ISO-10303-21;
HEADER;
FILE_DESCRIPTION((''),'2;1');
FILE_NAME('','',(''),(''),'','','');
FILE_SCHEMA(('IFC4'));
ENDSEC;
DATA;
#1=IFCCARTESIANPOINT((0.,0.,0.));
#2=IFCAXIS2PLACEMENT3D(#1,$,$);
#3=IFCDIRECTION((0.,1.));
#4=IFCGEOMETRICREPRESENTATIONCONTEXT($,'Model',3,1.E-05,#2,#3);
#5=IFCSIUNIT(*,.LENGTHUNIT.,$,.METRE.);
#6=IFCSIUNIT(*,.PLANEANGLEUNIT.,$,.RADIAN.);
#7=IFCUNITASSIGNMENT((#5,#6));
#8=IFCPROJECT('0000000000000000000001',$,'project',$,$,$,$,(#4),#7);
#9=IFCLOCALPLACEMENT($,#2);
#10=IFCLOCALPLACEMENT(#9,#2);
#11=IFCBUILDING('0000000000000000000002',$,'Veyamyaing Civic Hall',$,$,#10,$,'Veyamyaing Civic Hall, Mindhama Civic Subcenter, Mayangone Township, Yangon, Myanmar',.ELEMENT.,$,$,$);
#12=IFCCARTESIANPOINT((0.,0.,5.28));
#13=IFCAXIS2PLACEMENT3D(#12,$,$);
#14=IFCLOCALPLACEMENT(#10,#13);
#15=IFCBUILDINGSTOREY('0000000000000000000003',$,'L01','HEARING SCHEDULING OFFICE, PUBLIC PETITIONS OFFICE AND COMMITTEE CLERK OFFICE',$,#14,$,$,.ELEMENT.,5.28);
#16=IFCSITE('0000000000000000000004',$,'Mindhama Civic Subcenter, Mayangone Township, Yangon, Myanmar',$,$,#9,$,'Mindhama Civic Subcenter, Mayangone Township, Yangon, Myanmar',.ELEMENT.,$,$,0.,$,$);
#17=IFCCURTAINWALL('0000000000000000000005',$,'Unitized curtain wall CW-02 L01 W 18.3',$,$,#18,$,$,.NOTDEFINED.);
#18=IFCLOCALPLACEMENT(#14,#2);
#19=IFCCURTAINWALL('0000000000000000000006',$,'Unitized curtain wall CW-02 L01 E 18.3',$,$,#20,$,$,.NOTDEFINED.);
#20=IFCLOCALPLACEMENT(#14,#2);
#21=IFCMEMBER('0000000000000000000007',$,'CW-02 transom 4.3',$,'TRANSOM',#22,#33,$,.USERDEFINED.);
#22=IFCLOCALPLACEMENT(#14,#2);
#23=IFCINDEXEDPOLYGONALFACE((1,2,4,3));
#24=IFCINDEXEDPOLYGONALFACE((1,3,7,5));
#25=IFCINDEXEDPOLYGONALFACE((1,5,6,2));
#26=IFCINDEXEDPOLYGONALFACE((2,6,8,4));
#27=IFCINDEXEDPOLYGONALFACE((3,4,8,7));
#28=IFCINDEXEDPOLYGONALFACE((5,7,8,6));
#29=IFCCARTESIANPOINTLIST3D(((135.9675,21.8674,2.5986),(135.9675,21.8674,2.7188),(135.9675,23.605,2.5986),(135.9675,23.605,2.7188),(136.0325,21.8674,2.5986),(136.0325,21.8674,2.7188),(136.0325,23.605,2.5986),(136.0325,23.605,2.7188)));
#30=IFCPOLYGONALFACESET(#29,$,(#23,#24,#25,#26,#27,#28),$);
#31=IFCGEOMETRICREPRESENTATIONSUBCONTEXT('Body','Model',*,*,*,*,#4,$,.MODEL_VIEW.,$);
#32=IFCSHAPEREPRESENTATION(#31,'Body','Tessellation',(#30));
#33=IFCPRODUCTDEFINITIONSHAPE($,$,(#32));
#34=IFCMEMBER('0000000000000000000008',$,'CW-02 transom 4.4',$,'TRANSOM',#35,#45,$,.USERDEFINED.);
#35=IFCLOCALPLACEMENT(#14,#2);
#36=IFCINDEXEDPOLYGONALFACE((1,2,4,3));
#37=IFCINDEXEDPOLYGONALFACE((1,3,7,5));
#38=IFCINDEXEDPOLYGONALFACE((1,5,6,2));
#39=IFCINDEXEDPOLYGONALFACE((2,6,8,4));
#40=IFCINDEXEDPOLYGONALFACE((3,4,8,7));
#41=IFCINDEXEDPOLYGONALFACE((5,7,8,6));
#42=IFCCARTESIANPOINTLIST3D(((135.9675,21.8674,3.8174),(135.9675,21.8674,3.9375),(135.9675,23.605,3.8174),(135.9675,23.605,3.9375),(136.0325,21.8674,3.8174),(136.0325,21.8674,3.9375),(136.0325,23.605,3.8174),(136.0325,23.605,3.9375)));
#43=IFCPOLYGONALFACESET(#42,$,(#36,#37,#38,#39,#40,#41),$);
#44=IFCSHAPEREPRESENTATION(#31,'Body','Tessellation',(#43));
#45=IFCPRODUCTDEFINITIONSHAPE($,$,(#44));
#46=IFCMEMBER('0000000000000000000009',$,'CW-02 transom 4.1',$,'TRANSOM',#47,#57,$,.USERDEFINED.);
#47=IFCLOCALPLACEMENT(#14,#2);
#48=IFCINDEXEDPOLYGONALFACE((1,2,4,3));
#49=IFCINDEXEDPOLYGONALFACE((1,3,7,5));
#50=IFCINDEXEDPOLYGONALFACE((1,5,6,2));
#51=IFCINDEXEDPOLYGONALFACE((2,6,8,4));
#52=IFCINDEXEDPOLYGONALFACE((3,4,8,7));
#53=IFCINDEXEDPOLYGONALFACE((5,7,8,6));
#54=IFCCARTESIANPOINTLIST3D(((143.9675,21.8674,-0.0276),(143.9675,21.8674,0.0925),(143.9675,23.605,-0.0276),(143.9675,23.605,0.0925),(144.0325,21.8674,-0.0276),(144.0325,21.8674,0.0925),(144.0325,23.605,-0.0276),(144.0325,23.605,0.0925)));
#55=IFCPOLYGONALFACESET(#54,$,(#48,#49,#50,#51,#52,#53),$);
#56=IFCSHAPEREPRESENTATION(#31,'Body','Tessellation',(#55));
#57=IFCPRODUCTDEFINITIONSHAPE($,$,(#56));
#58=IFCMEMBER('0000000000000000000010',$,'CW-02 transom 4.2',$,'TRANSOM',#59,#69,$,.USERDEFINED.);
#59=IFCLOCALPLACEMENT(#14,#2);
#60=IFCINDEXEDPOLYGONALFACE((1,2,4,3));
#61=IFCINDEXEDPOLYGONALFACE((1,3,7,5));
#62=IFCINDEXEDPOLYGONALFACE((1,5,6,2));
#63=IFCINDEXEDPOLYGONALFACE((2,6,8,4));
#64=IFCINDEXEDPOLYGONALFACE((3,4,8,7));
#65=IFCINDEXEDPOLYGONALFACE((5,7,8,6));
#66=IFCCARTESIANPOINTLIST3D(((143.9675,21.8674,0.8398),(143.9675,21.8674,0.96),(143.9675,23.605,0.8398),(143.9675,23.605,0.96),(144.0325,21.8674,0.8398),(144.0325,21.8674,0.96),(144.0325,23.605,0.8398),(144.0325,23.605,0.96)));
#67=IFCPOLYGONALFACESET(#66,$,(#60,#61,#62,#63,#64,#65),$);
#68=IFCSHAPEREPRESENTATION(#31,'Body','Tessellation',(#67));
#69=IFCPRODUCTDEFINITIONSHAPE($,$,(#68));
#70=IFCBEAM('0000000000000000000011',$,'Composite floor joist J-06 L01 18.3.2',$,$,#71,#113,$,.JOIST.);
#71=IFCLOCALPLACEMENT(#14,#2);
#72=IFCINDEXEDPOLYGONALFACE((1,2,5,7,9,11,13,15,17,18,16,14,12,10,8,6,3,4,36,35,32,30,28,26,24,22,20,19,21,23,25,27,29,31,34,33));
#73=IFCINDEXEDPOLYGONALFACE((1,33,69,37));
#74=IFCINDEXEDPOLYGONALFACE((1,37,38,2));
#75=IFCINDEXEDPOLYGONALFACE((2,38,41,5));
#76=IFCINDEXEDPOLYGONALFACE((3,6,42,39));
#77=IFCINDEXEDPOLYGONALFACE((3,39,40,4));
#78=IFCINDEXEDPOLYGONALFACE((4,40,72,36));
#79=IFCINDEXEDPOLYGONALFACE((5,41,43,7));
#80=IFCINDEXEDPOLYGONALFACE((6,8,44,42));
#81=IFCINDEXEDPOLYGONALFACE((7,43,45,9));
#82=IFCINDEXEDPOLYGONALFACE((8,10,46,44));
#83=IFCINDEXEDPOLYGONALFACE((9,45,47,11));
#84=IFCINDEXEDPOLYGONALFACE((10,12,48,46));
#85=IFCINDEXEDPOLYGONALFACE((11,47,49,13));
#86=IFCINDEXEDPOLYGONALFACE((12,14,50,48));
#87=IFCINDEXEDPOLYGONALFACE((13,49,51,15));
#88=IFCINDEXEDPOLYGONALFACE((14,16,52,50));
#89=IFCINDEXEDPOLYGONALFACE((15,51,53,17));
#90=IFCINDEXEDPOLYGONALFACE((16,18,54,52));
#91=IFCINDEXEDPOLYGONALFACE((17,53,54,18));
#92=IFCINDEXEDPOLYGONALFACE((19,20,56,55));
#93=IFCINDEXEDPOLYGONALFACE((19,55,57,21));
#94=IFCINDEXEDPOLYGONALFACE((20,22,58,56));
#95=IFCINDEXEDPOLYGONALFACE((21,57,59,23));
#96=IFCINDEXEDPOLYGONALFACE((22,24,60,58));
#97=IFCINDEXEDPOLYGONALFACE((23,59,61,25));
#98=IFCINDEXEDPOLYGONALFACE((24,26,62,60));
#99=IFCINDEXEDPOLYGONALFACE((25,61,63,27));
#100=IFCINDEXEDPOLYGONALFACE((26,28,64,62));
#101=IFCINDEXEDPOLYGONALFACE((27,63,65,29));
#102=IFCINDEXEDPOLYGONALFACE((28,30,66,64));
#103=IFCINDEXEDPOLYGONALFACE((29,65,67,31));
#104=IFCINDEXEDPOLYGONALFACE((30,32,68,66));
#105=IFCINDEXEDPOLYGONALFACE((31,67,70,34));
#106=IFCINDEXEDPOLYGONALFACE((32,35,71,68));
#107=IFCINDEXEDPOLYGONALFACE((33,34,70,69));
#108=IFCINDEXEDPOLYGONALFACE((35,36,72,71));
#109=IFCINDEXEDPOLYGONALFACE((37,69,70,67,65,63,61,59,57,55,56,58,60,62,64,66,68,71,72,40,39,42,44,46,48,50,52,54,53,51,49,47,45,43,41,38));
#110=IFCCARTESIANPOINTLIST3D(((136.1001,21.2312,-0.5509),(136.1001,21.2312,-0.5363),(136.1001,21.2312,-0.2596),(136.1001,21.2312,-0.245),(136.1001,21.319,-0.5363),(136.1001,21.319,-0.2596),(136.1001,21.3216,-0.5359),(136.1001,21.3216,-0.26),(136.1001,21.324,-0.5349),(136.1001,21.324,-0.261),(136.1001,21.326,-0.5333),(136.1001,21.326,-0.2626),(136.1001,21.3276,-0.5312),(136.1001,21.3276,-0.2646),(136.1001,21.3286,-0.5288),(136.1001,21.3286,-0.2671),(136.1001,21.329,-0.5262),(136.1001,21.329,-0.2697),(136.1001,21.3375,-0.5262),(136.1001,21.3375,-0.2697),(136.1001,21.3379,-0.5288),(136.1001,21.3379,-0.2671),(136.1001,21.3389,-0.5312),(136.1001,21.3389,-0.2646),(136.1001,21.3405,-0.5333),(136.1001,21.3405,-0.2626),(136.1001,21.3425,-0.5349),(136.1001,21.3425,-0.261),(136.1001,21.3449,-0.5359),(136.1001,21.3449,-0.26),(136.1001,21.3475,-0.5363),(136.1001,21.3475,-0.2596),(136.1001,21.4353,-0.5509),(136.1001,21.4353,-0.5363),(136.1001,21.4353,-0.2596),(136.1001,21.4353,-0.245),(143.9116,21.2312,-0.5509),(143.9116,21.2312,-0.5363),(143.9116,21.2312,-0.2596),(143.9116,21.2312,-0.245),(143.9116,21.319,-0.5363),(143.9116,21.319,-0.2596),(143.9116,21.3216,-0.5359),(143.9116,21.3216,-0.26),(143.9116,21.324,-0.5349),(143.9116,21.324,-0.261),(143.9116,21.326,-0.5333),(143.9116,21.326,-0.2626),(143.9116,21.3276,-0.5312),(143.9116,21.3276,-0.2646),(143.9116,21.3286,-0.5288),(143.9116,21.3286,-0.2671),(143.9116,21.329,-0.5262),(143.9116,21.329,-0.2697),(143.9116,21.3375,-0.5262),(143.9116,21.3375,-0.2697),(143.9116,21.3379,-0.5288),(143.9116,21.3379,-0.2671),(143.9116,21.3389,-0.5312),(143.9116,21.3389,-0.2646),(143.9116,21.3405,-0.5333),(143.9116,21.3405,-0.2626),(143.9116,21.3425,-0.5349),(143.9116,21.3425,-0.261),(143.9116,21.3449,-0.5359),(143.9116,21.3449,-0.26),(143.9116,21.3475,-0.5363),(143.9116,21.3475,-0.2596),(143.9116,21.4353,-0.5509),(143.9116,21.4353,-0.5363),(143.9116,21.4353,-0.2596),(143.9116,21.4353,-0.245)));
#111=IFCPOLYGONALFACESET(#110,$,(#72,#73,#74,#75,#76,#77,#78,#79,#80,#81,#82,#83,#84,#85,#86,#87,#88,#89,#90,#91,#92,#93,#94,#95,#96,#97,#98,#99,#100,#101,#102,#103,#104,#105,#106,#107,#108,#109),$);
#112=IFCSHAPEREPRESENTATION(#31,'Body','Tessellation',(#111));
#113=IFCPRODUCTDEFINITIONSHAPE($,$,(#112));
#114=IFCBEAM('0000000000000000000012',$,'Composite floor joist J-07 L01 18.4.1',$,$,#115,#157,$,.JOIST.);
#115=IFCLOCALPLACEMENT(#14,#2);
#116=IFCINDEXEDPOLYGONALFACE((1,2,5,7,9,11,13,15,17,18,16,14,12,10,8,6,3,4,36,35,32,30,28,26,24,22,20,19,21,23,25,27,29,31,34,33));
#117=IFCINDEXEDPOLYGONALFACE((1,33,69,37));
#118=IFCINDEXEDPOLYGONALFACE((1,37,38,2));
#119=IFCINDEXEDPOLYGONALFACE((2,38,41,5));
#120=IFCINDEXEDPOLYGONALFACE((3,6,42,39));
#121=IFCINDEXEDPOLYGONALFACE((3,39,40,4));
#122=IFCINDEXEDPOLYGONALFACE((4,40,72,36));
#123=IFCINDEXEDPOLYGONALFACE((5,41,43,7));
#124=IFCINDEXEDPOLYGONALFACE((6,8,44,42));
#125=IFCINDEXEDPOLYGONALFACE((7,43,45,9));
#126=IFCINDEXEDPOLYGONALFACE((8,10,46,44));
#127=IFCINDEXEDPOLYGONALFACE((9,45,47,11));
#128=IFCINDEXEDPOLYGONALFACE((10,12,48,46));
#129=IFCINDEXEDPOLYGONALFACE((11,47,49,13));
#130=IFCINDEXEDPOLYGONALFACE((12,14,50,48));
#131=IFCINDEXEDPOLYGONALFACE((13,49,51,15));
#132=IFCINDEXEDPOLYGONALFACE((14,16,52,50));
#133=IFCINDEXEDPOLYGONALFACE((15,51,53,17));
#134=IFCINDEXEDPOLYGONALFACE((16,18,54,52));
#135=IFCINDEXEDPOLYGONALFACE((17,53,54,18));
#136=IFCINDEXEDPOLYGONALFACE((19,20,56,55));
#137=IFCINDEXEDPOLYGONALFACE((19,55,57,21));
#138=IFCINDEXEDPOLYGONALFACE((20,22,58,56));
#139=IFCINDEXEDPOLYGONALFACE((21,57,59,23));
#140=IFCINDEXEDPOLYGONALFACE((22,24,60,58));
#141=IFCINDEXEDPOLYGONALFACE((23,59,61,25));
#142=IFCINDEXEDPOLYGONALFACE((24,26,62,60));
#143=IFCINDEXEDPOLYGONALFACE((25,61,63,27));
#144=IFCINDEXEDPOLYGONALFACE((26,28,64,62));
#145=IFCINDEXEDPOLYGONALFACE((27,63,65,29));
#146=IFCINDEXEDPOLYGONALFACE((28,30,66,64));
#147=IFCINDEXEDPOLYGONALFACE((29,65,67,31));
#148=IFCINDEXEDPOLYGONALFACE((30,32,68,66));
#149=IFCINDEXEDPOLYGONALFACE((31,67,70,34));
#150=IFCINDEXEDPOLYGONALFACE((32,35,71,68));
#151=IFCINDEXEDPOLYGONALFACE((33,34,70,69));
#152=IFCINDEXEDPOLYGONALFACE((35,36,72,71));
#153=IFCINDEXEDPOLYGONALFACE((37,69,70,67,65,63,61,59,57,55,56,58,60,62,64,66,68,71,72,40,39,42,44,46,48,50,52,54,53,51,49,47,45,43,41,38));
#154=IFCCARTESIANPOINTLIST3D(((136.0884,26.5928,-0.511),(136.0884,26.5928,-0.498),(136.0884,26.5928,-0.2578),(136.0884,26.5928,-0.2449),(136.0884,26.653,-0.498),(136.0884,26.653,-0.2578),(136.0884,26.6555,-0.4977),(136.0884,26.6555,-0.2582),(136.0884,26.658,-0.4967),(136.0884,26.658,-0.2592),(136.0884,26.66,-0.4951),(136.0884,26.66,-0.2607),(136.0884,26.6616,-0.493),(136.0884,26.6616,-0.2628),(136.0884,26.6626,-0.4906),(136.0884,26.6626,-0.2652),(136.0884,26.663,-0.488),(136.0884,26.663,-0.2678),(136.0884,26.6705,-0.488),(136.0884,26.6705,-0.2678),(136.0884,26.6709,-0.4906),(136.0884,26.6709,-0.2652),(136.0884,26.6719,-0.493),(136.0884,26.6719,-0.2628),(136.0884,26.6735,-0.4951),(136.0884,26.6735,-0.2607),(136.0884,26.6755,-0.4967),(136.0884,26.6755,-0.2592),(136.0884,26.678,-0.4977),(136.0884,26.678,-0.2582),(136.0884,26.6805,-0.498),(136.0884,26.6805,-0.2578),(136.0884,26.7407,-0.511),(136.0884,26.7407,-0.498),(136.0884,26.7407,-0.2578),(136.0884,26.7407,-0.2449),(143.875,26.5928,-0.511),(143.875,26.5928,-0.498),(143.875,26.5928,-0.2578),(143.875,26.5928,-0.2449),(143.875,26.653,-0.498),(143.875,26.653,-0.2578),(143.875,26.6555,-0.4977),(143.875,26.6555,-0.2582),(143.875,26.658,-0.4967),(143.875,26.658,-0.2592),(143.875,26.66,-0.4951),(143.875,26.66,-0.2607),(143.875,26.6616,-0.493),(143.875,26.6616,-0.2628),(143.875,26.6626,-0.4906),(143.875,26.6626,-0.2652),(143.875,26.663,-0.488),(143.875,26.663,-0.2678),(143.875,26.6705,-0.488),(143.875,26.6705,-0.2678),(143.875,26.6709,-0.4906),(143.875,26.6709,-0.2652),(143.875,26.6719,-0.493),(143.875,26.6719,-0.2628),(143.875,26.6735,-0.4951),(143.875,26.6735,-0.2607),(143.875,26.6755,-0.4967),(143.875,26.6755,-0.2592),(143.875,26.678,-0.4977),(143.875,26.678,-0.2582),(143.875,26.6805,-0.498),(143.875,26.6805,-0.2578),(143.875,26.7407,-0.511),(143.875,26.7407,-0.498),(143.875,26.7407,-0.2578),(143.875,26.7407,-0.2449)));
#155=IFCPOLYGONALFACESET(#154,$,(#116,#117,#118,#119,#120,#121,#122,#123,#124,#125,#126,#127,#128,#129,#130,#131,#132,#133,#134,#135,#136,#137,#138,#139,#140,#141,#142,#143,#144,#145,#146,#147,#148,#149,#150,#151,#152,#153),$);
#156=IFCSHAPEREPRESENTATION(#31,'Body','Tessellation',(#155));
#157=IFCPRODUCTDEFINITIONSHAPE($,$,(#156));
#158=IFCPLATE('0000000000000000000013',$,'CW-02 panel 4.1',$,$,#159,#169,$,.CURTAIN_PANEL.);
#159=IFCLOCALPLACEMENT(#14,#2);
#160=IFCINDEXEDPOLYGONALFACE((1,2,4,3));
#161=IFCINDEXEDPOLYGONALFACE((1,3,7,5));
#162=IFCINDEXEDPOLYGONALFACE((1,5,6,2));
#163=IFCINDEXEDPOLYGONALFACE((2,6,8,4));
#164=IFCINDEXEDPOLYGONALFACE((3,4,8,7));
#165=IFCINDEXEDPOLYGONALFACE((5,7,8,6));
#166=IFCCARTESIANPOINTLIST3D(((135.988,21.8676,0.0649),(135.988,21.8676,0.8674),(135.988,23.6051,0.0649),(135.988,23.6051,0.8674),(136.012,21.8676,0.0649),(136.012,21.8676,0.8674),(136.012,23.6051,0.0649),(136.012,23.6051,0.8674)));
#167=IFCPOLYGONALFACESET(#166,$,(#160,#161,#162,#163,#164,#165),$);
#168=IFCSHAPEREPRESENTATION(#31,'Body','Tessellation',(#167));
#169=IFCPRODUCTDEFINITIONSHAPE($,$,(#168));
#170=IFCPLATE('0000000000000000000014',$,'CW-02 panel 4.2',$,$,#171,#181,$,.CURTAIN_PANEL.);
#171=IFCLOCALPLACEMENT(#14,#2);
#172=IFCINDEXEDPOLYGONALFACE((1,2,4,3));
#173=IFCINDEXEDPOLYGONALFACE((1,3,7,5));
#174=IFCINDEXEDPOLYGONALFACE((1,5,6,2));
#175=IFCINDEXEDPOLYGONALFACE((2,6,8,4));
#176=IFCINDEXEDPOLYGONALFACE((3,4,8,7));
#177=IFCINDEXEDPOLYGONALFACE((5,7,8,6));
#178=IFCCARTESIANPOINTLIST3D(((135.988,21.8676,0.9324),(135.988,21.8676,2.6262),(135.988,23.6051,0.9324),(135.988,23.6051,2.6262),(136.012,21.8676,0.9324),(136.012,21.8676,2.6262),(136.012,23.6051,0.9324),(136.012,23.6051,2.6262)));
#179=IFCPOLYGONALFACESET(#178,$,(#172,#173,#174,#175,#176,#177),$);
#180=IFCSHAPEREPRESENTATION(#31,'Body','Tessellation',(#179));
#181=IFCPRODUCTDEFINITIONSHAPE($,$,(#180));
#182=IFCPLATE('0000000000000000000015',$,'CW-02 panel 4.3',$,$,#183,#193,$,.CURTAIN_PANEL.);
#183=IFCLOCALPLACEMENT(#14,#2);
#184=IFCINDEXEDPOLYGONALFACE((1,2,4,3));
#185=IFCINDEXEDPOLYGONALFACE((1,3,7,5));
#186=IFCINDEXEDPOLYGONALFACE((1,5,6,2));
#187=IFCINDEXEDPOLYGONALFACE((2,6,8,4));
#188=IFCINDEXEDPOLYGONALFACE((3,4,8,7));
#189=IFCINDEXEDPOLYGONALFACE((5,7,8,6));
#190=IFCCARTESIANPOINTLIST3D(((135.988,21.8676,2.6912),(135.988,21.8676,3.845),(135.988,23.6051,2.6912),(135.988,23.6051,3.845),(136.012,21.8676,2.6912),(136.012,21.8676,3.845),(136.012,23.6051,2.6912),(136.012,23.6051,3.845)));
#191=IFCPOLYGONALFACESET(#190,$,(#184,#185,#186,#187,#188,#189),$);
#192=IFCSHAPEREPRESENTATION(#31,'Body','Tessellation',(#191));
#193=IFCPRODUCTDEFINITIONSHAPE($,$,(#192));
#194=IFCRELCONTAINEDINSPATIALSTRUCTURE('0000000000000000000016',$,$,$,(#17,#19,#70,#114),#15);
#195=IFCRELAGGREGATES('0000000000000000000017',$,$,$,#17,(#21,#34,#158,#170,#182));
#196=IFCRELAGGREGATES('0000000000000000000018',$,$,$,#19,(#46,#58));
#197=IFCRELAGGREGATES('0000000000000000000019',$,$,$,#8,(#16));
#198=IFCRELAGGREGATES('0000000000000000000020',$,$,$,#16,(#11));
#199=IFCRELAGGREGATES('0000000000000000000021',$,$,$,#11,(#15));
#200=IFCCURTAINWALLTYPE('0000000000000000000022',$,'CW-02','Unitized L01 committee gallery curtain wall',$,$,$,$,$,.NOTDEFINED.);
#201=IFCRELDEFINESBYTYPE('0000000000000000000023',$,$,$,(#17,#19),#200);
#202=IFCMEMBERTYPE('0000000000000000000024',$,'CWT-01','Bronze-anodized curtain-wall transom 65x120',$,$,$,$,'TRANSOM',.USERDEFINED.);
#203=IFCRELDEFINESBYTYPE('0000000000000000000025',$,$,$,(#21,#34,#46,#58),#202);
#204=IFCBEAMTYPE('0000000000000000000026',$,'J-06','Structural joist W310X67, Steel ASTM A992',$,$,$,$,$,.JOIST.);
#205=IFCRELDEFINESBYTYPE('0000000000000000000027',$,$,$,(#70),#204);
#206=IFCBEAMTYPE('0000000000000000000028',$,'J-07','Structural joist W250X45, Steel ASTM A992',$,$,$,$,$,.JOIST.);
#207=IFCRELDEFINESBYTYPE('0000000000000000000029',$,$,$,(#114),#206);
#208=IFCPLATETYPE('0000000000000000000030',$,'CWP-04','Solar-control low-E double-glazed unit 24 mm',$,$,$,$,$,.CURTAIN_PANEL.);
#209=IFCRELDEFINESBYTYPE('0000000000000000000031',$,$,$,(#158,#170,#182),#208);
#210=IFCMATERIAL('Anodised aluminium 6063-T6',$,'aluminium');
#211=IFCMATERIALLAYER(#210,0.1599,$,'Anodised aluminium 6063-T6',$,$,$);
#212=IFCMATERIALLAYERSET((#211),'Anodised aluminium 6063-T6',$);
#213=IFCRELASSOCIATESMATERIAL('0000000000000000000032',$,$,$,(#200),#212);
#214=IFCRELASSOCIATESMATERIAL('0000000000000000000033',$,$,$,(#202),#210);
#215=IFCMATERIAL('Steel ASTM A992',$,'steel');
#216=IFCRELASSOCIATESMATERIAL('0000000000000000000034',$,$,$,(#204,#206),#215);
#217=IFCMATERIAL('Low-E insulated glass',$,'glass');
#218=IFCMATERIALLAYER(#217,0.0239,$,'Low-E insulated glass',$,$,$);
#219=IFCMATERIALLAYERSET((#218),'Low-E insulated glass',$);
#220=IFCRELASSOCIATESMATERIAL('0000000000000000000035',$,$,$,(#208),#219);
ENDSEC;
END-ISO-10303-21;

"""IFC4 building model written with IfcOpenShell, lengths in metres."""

from ifc_helpers import new_model, si_unit, direction, frame, origin, origin_2d, place, context, subcontext, project, spatial, rectangle, i_section, extrude, material, layer, layer_set, material_profile, profile_set, type_object, element, aggregate, save


model = new_model("IFC4")

# Units and contexts
model_context = context("Model", 3, precision=1e-05, world=origin(), true_north=direction((0.0, 1.0)))
body_context = subcontext(model_context, "Body", "Model", "MODEL_VIEW")
ifc_project = project(units=[si_unit("LENGTHUNIT", "METRE"), si_unit("PLANEANGLEUNIT", "RADIAN")], contexts=[model_context])

# Site, building, storey
site_placement = place(None, origin())
site = spatial("IfcSite", under=ifc_project, at=site_placement, Name="Mindhama Civic Subcenter, Mayangone Township, Yangon, Myanmar", LongName="Mindhama Civic Subcenter, Mayangone Township, Yangon, Myanmar", CompositionType="ELEMENT", RefElevation=0.0)
building_placement = place(site_placement, origin())
building = spatial("IfcBuilding", under=site, at=building_placement, Name="Veyamyaing Civic Hall", LongName="Veyamyaing Civic Hall, Mindhama Civic Subcenter, Mayangone Township, Yangon, Myanmar", CompositionType="ELEMENT")
storey_placement = place(building_placement, frame((0.0, 0.0, 5.28)))
storey = spatial("IfcBuildingStorey", under=building, at=storey_placement, Name="L01", Description="HEARING SCHEDULING OFFICE, PUBLIC PETITIONS OFFICE AND COMMITTEE CLERK OFFICE", CompositionType="ELEMENT", Elevation=5.28)

# Shared definitions
ifc_material_1 = material(Name="Steel ASTM A992", Category="steel")

# Curtain wall
ifc_material_2 = material(Name="Anodised aluminium 6063-T6", Category="aluminium")
ifc_layer_1 = layer(ifc_material_2, 0.1599, Name="Anodised aluminium 6063-T6")
ifc_layer_set_1 = layer_set([ifc_layer_1], Name="Anodised aluminium 6063-T6")
curtain_wall_type = type_object("IfcCurtainWallType", Name="CW-02", Description="Unitized L01 committee gallery curtain wall", PredefinedType="NOTDEFINED", material=ifc_layer_set_1)
curtain_wall_1_placement = place(storey_placement, origin())
curtain_wall_1 = element("IfcCurtainWall", 1, at=curtain_wall_1_placement, inside=storey, type_object=curtain_wall_type, Name="Unitized curtain wall CW-02 L01 W 18.3", PredefinedType="NOTDEFINED")

# Curtain wall
curtain_wall_2_placement = place(storey_placement, origin())
curtain_wall_2 = element("IfcCurtainWall", 2, at=curtain_wall_2_placement, inside=storey, type_object=curtain_wall_type, Name="Unitized curtain wall CW-02 L01 E 18.3", PredefinedType="NOTDEFINED")

# Members
ifc_material_profile_1 = material_profile(ifc_material_2, rectangle(XDim=0.0649, YDim=0.1201, at=origin_2d()), Name="ALU-TRN-65X120")
ifc_profile_set_1 = profile_set([ifc_material_profile_1], Name="Anodised aluminium 6063-T6")
member_type_1 = type_object("IfcMemberType", Name="CWT-01", Description="Bronze-anodized curtain-wall transom 65x120", ElementType="TRANSOM", PredefinedType="USERDEFINED", material=ifc_profile_set_1)
member_1_placement = place(storey_placement, frame((136.0, 21.8674, 2.6587), z_axis=(0.0, 1.0, 0.0), x_axis=(-1.0, 0.0, 0.0)))
member_1 = element("IfcMember", 3, at=member_1_placement, type_object=member_type_1, Name="CW-02 transom 4.3", ObjectType="TRANSOM", PredefinedType="USERDEFINED", context=body_context, shape_type="SweptSolid", body=[
    extrude(rectangle(XDim=0.0649, YDim=0.1201, at=origin_2d()), origin(), (0.0, 0.0, 1.0), 1.7375),
])
member_2_placement = place(storey_placement, frame((136.0, 21.8674, 3.8774), z_axis=(0.0, 1.0, 0.0), x_axis=(-1.0, 0.0, 0.0)))
member_2 = element("IfcMember", 4, at=member_2_placement, type_object=member_type_1, Name="CW-02 transom 4.4", ObjectType="TRANSOM", PredefinedType="USERDEFINED", context=body_context, shape_type="SweptSolid", body=[
    extrude(rectangle(XDim=0.0649, YDim=0.1201, at=origin_2d()), origin(), (0.0, 0.0, 1.0), 1.7375),
])
member_3_placement = place(storey_placement, frame((144.0, 21.8674, 0.0325), z_axis=(0.0, 1.0, 0.0), x_axis=(-1.0, 0.0, 0.0)))
member_3 = element("IfcMember", 5, at=member_3_placement, type_object=member_type_1, Name="CW-02 transom 4.1", ObjectType="TRANSOM", PredefinedType="USERDEFINED", context=body_context, shape_type="SweptSolid", body=[
    extrude(rectangle(XDim=0.0649, YDim=0.1201, at=origin_2d()), origin(), (0.0, 0.0, 1.0), 1.7375),
])
member_4_placement = place(storey_placement, frame((144.0, 21.8674, 0.8999), z_axis=(0.0, 1.0, 0.0), x_axis=(-1.0, 0.0, 0.0)))
member_4 = element("IfcMember", 6, at=member_4_placement, type_object=member_type_1, Name="CW-02 transom 4.2", ObjectType="TRANSOM", PredefinedType="USERDEFINED", context=body_context, shape_type="SweptSolid", body=[
    extrude(rectangle(XDim=0.0649, YDim=0.1201, at=origin_2d()), origin(), (0.0, 0.0, 1.0), 1.7375),
])

# Beams
ifc_material_profile_2 = material_profile(ifc_material_1, i_section(OverallWidth=0.2041, OverallDepth=0.3059, WebThickness=0.0085, FlangeThickness=0.0146, FilletRadius=0.01, at=origin_2d()), Name="W310X67")
ifc_profile_set_2 = profile_set([ifc_material_profile_2], Name="Steel ASTM A992")
beam_type_1 = type_object("IfcBeamType", Name="J-06", Description="Structural joist W310X67, Steel ASTM A992", PredefinedType="JOIST", material=ifc_profile_set_2)
beam_1_placement = place(storey_placement, frame((136.1001, 21.3333, -0.3979), z_axis=(1.0, 0.0, 0.0), x_axis=(0.0, 1.0, 0.0)))
element("IfcBeam", 7, at=beam_1_placement, inside=storey, type_object=beam_type_1, Name="Composite floor joist J-06 L01 18.3.2", PredefinedType="JOIST", context=body_context, shape_type="SweptSolid", body=[
    extrude(i_section(OverallWidth=0.2041, OverallDepth=0.3059, WebThickness=0.0085, FlangeThickness=0.0146, FilletRadius=0.01, at=origin_2d()), origin(), (0.0, 0.0, 1.0), 7.8115),
])
ifc_material_profile_3 = material_profile(ifc_material_1, i_section(OverallWidth=0.1479, OverallDepth=0.2661, WebThickness=0.0076, FlangeThickness=0.0129, FilletRadius=0.01, at=origin_2d()), Name="W250X45")
ifc_profile_set_3 = profile_set([ifc_material_profile_3], Name="Steel ASTM A992")
beam_type_2 = type_object("IfcBeamType", Name="J-07", Description="Structural joist W250X45, Steel ASTM A992", PredefinedType="JOIST", material=ifc_profile_set_3)
beam_2_placement = place(storey_placement, frame((136.0884, 26.6667, -0.3779), z_axis=(1.0, 0.0, 0.0), x_axis=(0.0, 1.0, 0.0)))
element("IfcBeam", 8, at=beam_2_placement, inside=storey, type_object=beam_type_2, Name="Composite floor joist J-07 L01 18.4.1", PredefinedType="JOIST", context=body_context, shape_type="SweptSolid", body=[
    extrude(i_section(OverallWidth=0.1479, OverallDepth=0.2661, WebThickness=0.0076, FlangeThickness=0.0129, FilletRadius=0.01, at=origin_2d()), origin(), (0.0, 0.0, 1.0), 7.7866),
])

# Plates
ifc_material_3 = material(Name="Low-E insulated glass", Category="glass")
ifc_layer_2 = layer(ifc_material_3, 0.0239, Name="Low-E insulated glass")
ifc_layer_set_2 = layer_set([ifc_layer_2], Name="Low-E insulated glass")
plate_type = type_object("IfcPlateType", Name="CWP-04", Description="Solar-control low-E double-glazed unit 24 mm", PredefinedType="CURTAIN_PANEL", material=ifc_layer_set_2)
plate_1_placement = place(storey_placement, frame((136.0, 22.7363, 0.0649), z_axis=(0.0, 0.0, 1.0), x_axis=(0.0, 1.0, 0.0)))
plate_1 = element("IfcPlate", 9, at=plate_1_placement, type_object=plate_type, Name="CW-02 panel 4.1", PredefinedType="CURTAIN_PANEL", context=body_context, shape_type="SweptSolid", body=[
    extrude(rectangle(XDim=1.7375, YDim=0.0239, at=origin_2d()), origin(), (0.0, 0.0, 1.0), 0.8025),
])
plate_2_placement = place(storey_placement, frame((136.0, 22.7363, 0.9324), z_axis=(0.0, 0.0, 1.0), x_axis=(0.0, 1.0, 0.0)))
plate_2 = element("IfcPlate", 10, at=plate_2_placement, type_object=plate_type, Name="CW-02 panel 4.2", PredefinedType="CURTAIN_PANEL", context=body_context, shape_type="SweptSolid", body=[
    extrude(rectangle(XDim=1.7375, YDim=0.0239, at=origin_2d()), origin(), (0.0, 0.0, 1.0), 1.6938),
])
plate_3_placement = place(storey_placement, frame((136.0, 22.7363, 2.6912), z_axis=(0.0, 0.0, 1.0), x_axis=(0.0, 1.0, 0.0)))
plate_3 = element("IfcPlate", 11, at=plate_3_placement, type_object=plate_type, Name="CW-02 panel 4.3", PredefinedType="CURTAIN_PANEL", context=body_context, shape_type="SweptSolid", body=[
    extrude(rectangle(XDim=1.7375, YDim=0.0239, at=origin_2d()), origin(), (0.0, 0.0, 1.0), 1.1538),
])
aggregate(curtain_wall_1, [member_1, member_2, plate_1, plate_2, plate_3])
aggregate(curtain_wall_2, [member_3, member_4])

save(model, "model.ifc")
